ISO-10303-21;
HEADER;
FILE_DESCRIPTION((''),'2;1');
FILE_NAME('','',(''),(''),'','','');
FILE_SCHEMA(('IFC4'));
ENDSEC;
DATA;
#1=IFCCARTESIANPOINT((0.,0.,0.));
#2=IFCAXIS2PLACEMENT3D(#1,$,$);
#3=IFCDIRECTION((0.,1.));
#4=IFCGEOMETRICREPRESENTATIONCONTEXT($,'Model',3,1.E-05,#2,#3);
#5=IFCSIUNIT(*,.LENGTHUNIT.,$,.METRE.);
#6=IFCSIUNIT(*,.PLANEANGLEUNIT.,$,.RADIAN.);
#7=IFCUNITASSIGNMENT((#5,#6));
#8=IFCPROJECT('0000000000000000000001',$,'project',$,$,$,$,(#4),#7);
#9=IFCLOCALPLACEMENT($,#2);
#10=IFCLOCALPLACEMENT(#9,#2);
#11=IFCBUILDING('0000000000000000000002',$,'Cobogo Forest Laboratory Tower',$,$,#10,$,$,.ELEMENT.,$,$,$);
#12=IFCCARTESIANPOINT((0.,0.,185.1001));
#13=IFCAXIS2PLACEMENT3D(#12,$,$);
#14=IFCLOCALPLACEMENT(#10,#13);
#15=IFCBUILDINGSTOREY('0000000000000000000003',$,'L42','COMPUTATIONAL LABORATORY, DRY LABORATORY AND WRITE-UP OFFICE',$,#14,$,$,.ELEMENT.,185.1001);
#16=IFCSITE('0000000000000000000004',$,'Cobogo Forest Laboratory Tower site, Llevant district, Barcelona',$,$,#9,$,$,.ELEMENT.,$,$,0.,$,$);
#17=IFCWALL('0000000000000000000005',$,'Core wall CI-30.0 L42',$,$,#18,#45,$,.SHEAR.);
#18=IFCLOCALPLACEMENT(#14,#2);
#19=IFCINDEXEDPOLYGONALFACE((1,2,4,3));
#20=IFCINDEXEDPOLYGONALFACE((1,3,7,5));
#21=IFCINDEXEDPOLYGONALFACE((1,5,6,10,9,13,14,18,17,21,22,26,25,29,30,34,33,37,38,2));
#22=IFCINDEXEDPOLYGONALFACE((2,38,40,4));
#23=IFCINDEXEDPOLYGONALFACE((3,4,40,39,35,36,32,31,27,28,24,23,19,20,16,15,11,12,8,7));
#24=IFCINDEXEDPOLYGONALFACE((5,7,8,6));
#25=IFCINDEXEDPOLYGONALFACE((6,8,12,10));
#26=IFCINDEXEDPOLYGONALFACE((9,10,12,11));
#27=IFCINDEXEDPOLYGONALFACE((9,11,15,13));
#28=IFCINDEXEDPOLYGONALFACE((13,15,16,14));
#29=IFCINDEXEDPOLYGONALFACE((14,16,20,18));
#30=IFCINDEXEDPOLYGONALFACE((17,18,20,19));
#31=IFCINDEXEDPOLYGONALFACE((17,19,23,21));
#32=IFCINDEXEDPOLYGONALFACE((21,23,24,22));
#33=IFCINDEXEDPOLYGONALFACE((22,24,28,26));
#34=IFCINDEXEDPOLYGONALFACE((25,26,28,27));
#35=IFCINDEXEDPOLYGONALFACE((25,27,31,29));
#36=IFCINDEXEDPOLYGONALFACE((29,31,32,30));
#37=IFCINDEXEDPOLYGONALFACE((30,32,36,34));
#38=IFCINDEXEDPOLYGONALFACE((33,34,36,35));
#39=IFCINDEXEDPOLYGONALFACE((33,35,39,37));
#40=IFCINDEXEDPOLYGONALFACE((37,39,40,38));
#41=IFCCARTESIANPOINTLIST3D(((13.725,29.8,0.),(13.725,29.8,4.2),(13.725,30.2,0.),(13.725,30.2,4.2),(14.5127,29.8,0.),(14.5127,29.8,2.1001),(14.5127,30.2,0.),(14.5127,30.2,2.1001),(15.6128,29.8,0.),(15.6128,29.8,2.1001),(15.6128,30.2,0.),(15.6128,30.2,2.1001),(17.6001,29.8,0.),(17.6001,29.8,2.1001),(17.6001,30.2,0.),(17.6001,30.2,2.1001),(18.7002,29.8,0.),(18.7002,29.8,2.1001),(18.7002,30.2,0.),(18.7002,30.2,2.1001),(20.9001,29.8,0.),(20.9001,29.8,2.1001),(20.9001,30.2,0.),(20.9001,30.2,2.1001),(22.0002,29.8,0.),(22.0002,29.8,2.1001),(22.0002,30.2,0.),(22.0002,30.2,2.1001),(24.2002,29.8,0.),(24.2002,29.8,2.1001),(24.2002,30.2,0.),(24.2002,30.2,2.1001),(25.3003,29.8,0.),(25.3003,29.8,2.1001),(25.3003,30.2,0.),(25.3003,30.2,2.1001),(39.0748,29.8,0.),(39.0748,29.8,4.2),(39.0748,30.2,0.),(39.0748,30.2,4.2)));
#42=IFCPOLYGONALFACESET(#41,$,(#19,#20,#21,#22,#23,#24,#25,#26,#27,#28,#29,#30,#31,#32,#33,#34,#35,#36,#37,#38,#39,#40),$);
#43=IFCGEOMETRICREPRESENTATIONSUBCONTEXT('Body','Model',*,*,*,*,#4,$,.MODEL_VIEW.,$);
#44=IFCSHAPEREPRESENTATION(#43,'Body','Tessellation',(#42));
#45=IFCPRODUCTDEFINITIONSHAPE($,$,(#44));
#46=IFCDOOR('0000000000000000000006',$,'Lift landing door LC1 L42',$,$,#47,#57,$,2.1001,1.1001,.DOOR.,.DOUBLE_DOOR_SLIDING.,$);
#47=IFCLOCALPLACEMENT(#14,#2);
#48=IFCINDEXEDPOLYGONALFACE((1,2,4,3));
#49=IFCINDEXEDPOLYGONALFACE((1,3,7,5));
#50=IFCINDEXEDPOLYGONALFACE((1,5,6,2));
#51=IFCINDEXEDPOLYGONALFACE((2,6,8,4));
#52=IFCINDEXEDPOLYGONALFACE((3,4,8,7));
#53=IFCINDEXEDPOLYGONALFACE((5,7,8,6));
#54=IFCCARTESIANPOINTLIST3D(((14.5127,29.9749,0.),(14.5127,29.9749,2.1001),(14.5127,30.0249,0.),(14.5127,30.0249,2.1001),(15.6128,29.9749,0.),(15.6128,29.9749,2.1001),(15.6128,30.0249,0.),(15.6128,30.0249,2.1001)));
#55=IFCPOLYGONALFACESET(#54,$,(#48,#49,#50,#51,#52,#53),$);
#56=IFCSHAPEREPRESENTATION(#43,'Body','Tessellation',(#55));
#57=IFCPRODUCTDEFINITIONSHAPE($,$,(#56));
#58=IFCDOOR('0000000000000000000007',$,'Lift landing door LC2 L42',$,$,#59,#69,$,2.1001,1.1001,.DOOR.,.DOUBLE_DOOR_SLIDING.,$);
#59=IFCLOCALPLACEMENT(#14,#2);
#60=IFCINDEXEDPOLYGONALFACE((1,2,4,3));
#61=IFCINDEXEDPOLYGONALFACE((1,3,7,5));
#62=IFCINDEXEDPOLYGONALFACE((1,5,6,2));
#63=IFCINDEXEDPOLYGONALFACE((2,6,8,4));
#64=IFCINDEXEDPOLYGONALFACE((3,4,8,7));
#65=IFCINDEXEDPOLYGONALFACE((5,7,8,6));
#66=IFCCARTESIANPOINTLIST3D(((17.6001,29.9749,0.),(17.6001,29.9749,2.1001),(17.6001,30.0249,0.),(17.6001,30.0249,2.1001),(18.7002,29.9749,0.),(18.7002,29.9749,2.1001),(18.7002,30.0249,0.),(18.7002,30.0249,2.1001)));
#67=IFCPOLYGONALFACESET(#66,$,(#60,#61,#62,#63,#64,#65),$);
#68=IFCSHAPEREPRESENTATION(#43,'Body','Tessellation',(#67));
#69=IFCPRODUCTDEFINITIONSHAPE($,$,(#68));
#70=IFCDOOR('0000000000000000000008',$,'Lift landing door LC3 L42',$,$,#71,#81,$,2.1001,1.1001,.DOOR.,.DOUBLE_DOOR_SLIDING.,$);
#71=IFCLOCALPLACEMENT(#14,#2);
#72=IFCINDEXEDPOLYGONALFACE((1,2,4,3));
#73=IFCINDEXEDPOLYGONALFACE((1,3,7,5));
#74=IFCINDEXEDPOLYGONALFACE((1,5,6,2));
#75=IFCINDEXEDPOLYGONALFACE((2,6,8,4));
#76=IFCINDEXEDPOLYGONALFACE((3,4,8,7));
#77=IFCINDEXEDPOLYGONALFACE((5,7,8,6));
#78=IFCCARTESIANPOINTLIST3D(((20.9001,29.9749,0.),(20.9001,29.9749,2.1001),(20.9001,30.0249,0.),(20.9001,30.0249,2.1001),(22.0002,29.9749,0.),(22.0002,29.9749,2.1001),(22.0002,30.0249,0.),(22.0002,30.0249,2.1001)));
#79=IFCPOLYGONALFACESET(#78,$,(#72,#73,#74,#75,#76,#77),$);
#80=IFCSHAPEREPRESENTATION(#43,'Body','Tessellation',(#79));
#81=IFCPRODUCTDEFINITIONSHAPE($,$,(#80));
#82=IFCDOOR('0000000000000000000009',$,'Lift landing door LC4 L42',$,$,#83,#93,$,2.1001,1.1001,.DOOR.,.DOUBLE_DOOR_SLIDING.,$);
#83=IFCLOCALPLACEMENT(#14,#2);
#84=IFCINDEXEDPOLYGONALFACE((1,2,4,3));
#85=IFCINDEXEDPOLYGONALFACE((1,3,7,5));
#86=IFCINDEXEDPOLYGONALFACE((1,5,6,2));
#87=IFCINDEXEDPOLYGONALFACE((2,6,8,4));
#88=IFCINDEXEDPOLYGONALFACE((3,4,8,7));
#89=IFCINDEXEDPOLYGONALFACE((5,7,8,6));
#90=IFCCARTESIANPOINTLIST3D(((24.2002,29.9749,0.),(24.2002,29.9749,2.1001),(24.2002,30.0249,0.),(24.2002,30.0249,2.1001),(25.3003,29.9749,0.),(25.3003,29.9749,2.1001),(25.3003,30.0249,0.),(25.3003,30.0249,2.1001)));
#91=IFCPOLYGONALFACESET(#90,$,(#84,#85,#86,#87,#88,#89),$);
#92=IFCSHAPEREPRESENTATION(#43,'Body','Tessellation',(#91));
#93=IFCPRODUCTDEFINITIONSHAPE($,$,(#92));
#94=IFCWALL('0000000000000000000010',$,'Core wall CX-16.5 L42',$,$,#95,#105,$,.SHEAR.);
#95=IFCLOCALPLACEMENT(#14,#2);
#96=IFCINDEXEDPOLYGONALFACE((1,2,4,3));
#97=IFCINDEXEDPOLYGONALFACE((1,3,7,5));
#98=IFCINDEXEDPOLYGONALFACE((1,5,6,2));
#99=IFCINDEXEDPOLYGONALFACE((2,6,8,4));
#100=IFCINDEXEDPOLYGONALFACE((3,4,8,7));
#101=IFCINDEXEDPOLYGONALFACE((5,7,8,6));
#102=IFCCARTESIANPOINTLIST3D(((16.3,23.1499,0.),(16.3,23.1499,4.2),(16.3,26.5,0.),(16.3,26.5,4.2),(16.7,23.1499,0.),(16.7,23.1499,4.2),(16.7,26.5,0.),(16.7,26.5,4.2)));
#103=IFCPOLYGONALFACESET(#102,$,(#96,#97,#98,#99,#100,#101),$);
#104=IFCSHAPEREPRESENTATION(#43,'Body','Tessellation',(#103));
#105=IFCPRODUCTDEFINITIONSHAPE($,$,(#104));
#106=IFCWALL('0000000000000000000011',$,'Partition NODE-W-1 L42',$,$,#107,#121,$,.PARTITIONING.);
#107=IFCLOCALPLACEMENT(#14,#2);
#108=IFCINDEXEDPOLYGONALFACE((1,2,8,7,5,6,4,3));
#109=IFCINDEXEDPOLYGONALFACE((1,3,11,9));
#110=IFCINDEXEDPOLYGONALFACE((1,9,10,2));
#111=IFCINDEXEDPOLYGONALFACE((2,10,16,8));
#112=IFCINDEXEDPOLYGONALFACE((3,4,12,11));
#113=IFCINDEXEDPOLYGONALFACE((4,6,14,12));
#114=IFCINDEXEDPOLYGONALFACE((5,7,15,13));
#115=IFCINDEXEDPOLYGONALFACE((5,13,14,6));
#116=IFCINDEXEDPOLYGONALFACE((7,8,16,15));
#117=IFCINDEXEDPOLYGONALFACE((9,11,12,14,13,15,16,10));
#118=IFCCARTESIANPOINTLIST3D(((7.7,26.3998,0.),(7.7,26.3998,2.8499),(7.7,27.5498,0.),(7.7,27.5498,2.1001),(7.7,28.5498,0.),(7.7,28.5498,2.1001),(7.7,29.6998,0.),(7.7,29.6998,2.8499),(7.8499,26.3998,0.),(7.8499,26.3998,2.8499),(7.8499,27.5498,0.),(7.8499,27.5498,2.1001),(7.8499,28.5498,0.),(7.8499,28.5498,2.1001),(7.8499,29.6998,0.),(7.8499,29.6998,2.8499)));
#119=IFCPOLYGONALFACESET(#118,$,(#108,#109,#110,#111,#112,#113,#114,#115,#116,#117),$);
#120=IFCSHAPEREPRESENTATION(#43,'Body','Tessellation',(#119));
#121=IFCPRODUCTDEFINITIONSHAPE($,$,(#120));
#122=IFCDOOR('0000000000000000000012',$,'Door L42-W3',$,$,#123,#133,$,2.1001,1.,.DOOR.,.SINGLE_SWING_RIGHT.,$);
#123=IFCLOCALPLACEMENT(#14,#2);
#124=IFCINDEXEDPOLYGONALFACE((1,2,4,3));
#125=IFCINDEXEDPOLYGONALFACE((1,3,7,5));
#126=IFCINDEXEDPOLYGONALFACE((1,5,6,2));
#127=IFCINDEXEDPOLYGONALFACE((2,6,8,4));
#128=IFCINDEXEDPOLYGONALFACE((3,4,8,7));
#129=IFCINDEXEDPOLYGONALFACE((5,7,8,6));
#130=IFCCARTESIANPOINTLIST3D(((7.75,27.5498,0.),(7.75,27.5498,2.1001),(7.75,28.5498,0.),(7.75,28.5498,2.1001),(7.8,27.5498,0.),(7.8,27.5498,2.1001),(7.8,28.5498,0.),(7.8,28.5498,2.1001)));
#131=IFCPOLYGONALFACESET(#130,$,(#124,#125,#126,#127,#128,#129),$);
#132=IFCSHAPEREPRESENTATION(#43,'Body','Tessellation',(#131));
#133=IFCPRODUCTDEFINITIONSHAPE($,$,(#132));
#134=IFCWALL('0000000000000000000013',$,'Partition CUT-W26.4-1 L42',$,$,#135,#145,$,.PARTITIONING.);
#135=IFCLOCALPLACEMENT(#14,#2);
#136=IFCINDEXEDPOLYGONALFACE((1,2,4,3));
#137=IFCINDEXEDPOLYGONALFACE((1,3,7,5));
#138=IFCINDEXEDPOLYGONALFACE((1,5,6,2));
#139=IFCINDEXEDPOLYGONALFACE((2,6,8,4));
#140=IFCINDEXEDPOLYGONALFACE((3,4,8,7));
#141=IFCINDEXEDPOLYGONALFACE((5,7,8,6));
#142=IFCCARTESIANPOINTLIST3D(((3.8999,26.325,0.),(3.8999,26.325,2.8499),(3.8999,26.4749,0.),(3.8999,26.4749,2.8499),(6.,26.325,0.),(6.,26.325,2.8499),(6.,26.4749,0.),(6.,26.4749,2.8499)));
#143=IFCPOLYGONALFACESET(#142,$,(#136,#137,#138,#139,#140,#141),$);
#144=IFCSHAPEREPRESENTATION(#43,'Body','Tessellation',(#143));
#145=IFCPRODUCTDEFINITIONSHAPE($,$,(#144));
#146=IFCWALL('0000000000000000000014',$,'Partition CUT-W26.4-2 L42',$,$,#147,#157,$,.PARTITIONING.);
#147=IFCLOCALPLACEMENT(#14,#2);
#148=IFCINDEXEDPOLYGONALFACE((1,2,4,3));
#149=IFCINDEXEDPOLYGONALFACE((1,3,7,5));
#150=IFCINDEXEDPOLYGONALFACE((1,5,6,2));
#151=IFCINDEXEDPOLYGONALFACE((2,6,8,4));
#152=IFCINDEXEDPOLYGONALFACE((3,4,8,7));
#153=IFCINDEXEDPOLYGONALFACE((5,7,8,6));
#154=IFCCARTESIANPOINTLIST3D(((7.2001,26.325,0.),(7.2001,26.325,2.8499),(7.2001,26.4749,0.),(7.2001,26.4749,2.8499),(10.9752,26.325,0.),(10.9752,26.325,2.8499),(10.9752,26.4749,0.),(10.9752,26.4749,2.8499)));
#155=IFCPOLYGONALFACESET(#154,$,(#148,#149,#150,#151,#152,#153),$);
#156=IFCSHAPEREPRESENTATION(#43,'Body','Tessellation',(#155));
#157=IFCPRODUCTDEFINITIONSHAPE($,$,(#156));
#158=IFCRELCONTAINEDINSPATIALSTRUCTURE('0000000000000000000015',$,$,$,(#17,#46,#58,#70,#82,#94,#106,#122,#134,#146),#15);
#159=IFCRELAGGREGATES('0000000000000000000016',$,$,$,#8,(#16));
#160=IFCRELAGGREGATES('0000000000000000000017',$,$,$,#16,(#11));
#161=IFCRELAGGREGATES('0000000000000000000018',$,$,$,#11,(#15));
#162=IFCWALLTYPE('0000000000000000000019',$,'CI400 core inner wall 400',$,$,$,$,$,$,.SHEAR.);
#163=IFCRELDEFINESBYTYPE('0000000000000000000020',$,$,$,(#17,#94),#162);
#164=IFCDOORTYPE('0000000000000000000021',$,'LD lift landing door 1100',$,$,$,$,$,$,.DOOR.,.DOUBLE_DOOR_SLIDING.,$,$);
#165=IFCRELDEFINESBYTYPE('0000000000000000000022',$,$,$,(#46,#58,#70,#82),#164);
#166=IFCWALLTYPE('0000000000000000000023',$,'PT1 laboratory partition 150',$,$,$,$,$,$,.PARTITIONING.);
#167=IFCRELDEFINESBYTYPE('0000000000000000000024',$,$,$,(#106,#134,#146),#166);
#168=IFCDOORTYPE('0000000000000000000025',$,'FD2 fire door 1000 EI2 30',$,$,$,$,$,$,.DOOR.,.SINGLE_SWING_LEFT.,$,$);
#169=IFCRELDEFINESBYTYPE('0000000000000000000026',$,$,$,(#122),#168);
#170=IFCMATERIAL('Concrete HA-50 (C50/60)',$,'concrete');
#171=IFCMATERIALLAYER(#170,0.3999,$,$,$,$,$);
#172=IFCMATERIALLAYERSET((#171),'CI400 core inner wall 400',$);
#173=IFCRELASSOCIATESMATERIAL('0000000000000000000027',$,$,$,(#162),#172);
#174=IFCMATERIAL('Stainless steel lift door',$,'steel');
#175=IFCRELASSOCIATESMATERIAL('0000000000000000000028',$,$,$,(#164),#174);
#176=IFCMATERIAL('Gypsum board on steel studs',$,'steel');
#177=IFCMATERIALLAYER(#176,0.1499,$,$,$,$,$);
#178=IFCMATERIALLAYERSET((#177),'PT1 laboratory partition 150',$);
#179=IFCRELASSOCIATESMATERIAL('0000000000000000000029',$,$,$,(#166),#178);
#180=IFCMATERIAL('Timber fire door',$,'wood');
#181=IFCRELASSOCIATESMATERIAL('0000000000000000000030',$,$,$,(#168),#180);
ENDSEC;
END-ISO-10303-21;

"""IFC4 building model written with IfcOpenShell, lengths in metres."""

from ifc_helpers import new_model, si_unit, direction, frame, frame_2d, origin, place, context, subcontext, project, spatial, rectangle, extrude, material, layer, layer_set, type_object, element, fill, save


model = new_model("IFC4")

# Units and contexts
model_context = context("Model", 3, precision=1e-05, world=origin(), true_north=direction((0.0, 1.0)))
body_context = subcontext(model_context, "Body", "Model", "MODEL_VIEW")
ifc_project = project(units=[si_unit("LENGTHUNIT", "METRE"), si_unit("PLANEANGLEUNIT", "RADIAN")], contexts=[model_context])

# Site, building, storey
site_placement = place(None, origin())
site = spatial("IfcSite", under=ifc_project, at=site_placement, Name="Cobogo Forest Laboratory Tower site, Llevant district, Barcelona", CompositionType="ELEMENT", RefElevation=0.0)
building_placement = place(site_placement, origin())
building = spatial("IfcBuilding", under=site, at=building_placement, Name="Cobogo Forest Laboratory Tower", CompositionType="ELEMENT")
storey_placement = place(building_placement, frame((0.0, 0.0, 185.1001)))
storey = spatial("IfcBuildingStorey", under=building, at=storey_placement, Name="L42", Description="COMPUTATIONAL LABORATORY, DRY LABORATORY AND WRITE-UP OFFICE", CompositionType="ELEMENT", Elevation=185.1001)

# Shared definitions
ifc_material_1 = material(Name="Concrete HA-50 (C50/60)", Category="concrete")

# Shared definitions
ifc_layer_1 = layer(ifc_material_1, 0.3999)
ifc_layer_set_1 = layer_set([ifc_layer_1], Name="CI400 core inner wall 400")
wall_type_1 = type_object("IfcWallType", Name="CI400 core inner wall 400", PredefinedType="SHEAR", material=ifc_layer_set_1)

# Wall, openings, doors
ifc_material_2 = material(Name="Stainless steel lift door", Category="steel")
door_type_1 = type_object("IfcDoorType", Name="LD lift landing door 1100", OperationType="DOUBLE_DOOR_SLIDING", PredefinedType="DOOR", material=ifc_material_2)
wall_1_placement = place(storey_placement, frame((13.7251, 30.0, 0.0), z_axis=(0.0, 0.0, 1.0), x_axis=(1.0, 0.0, 0.0)))
wall_1 = element("IfcWall", 1, at=wall_1_placement, inside=storey, type_object=wall_type_1, Name="Core wall CI-30.0 L42", PredefinedType="SHEAR", context=body_context, shape_type="SweptSolid", body=[
    extrude(rectangle(XDim=25.3499, YDim=0.3999, at=frame_2d((12.6748, 0.0))), origin(), (0.0, 0.0, 1.0), 4.2),
])
opening_1_placement = place(wall_1_placement, frame((0.7876, 0.0, 0.0)))
opening_1 = element("IfcOpeningElement", 2, at=opening_1_placement, cuts=wall_1, PredefinedType="OPENING", context=body_context, shape_type="SweptSolid", body=[
    extrude(rectangle(XDim=1.1001, YDim=2.1001, at=frame_2d((0.55, 1.05))), frame((0.0, 0.21, 0.0), z_axis=(0.0, -1.0, 0.0), x_axis=(1.0, 0.0, 0.0)), (0.0, 0.0, 1.0), 0.4199),
])
opening_2_placement = place(wall_1_placement, frame((3.875, 0.0, 0.0)))
opening_2 = element("IfcOpeningElement", 3, at=opening_2_placement, cuts=wall_1, PredefinedType="OPENING", context=body_context, shape_type="SweptSolid", body=[
    extrude(rectangle(XDim=1.1001, YDim=2.1001, at=frame_2d((0.55, 1.05))), frame((0.0, 0.21, 0.0), z_axis=(0.0, -1.0, 0.0), x_axis=(1.0, 0.0, 0.0)), (0.0, 0.0, 1.0), 0.4199),
])
opening_3_placement = place(wall_1_placement, frame((7.175, 0.0, 0.0)))
opening_3 = element("IfcOpeningElement", 4, at=opening_3_placement, cuts=wall_1, PredefinedType="OPENING", context=body_context, shape_type="SweptSolid", body=[
    extrude(rectangle(XDim=1.1001, YDim=2.1001, at=frame_2d((0.55, 1.05))), frame((0.0, 0.21, 0.0), z_axis=(0.0, -1.0, 0.0), x_axis=(1.0, 0.0, 0.0)), (0.0, 0.0, 1.0), 0.4199),
])
opening_4_placement = place(wall_1_placement, frame((10.4751, 0.0, 0.0)))
opening_4 = element("IfcOpeningElement", 5, at=opening_4_placement, cuts=wall_1, PredefinedType="OPENING", context=body_context, shape_type="SweptSolid", body=[
    extrude(rectangle(XDim=1.1001, YDim=2.1001, at=frame_2d((0.55, 1.05))), frame((0.0, 0.21, 0.0), z_axis=(0.0, -1.0, 0.0), x_axis=(1.0, 0.0, 0.0)), (0.0, 0.0, 1.0), 0.4199),
])
door_1_placement = place(opening_1_placement, origin())
door_1 = element("IfcDoor", 6, at=door_1_placement, inside=storey, type_object=door_type_1, Name="Lift landing door LC1 L42", OperationType="DOUBLE_DOOR_SLIDING", OverallHeight=2.1001, OverallWidth=1.1001, PredefinedType="DOOR", context=body_context, shape_type="SweptSolid", body=[
    extrude(rectangle(XDim=1.1001, YDim=2.1001, at=frame_2d((0.55, 1.05))), frame((0.0, 0.0249, 0.0), z_axis=(0.0, -1.0, 0.0), x_axis=(1.0, 0.0, 0.0)), (0.0, 0.0, 1.0), 0.05),
])
fill(opening_1, door_1)
door_2_placement = place(opening_2_placement, origin())
door_2 = element("IfcDoor", 7, at=door_2_placement, inside=storey, type_object=door_type_1, Name="Lift landing door LC2 L42", OperationType="DOUBLE_DOOR_SLIDING", OverallHeight=2.1001, OverallWidth=1.1001, PredefinedType="DOOR", context=body_context, shape_type="SweptSolid", body=[
    extrude(rectangle(XDim=1.1001, YDim=2.1001, at=frame_2d((0.55, 1.05))), frame((0.0, 0.0249, 0.0), z_axis=(0.0, -1.0, 0.0), x_axis=(1.0, 0.0, 0.0)), (0.0, 0.0, 1.0), 0.05),
])
fill(opening_2, door_2)
door_3_placement = place(opening_3_placement, origin())
door_3 = element("IfcDoor", 8, at=door_3_placement, inside=storey, type_object=door_type_1, Name="Lift landing door LC3 L42", OperationType="DOUBLE_DOOR_SLIDING", OverallHeight=2.1001, OverallWidth=1.1001, PredefinedType="DOOR", context=body_context, shape_type="SweptSolid", body=[
    extrude(rectangle(XDim=1.1001, YDim=2.1001, at=frame_2d((0.55, 1.05))), frame((0.0, 0.0249, 0.0), z_axis=(0.0, -1.0, 0.0), x_axis=(1.0, 0.0, 0.0)), (0.0, 0.0, 1.0), 0.05),
])
fill(opening_3, door_3)
door_4_placement = place(opening_4_placement, origin())
door_4 = element("IfcDoor", 9, at=door_4_placement, inside=storey, type_object=door_type_1, Name="Lift landing door LC4 L42", OperationType="DOUBLE_DOOR_SLIDING", OverallHeight=2.1001, OverallWidth=1.1001, PredefinedType="DOOR", context=body_context, shape_type="SweptSolid", body=[
    extrude(rectangle(XDim=1.1001, YDim=2.1001, at=frame_2d((0.55, 1.05))), frame((0.0, 0.0249, 0.0), z_axis=(0.0, -1.0, 0.0), x_axis=(1.0, 0.0, 0.0)), (0.0, 0.0, 1.0), 0.05),
])
fill(opening_4, door_4)

# Wall
wall_2_placement = place(storey_placement, frame((16.5, 23.1499, 0.0), z_axis=(0.0, 0.0, 1.0), x_axis=(0.0, 1.0, 0.0)))
element("IfcWall", 10, at=wall_2_placement, inside=storey, type_object=wall_type_1, Name="Core wall CX-16.5 L42", PredefinedType="SHEAR", context=body_context, shape_type="SweptSolid", body=[
    extrude(rectangle(XDim=3.3501, YDim=0.3999, at=frame_2d((1.675, 0.0))), origin(), (0.0, 0.0, 1.0), 4.2),
])

# Wall, opening, door
ifc_material_3 = material(Name="Gypsum board on steel studs", Category="steel")
ifc_layer_2 = layer(ifc_material_3, 0.1499)
ifc_layer_set_2 = layer_set([ifc_layer_2], Name="PT1 laboratory partition 150")
wall_type_2 = type_object("IfcWallType", Name="PT1 laboratory partition 150", PredefinedType="PARTITIONING", material=ifc_layer_set_2)
wall_3_placement = place(storey_placement, frame((7.7749, 26.3999, 0.0), z_axis=(0.0, 0.0, 1.0), x_axis=(0.0, 1.0, 0.0)))
wall_3 = element("IfcWall", 11, at=wall_3_placement, inside=storey, type_object=wall_type_2, Name="Partition NODE-W-1 L42", PredefinedType="PARTITIONING", context=body_context, shape_type="SweptSolid", body=[
    extrude(rectangle(XDim=3.3, YDim=0.1499, at=frame_2d((1.6499, 0.0))), origin(), (0.0, 0.0, 1.0), 2.8499),
])
opening_5_placement = place(wall_3_placement, frame((1.1499, 0.0, 0.0)))
opening_5 = element("IfcOpeningElement", 12, at=opening_5_placement, cuts=wall_3, PredefinedType="OPENING", context=body_context, shape_type="SweptSolid", body=[
    extrude(rectangle(XDim=1.0, YDim=2.1001, at=frame_2d((0.5, 1.05))), frame((0.0, 0.085, 0.0), z_axis=(0.0, -1.0, 0.0), x_axis=(1.0, 0.0, 0.0)), (0.0, 0.0, 1.0), 0.1699),
])
ifc_material_4 = material(Name="Timber fire door", Category="wood")
door_type_2 = type_object("IfcDoorType", Name="FD2 fire door 1000 EI2 30", OperationType="SINGLE_SWING_LEFT", PredefinedType="DOOR", material=ifc_material_4)
door_5_placement = place(opening_5_placement, origin())
door_5 = element("IfcDoor", 13, at=door_5_placement, inside=storey, type_object=door_type_2, Name="Door L42-W3", OperationType="SINGLE_SWING_RIGHT", OverallHeight=2.1001, OverallWidth=1.0, PredefinedType="DOOR", context=body_context, shape_type="SweptSolid", body=[
    extrude(rectangle(XDim=1.0, YDim=2.1001, at=frame_2d((0.5, 1.05))), frame((0.0, 0.0249, 0.0), z_axis=(0.0, -1.0, 0.0), x_axis=(1.0, 0.0, 0.0)), (0.0, 0.0, 1.0), 0.05),
])
fill(opening_5, door_5)

# Walls
wall_4_placement = place(storey_placement, frame((3.8999, 26.3999, 0.0), z_axis=(0.0, 0.0, 1.0), x_axis=(1.0, 0.0, 0.0)))
element("IfcWall", 14, at=wall_4_placement, inside=storey, type_object=wall_type_2, Name="Partition CUT-W26.4-1 L42", PredefinedType="PARTITIONING", context=body_context, shape_type="SweptSolid", body=[
    extrude(rectangle(XDim=2.1001, YDim=0.1499, at=frame_2d((1.05, 0.0))), origin(), (0.0, 0.0, 1.0), 2.8499),
])
wall_5_placement = place(storey_placement, frame((7.2, 26.3999, 0.0), z_axis=(0.0, 0.0, 1.0), x_axis=(1.0, 0.0, 0.0)))
element("IfcWall", 15, at=wall_5_placement, inside=storey, type_object=wall_type_2, Name="Partition CUT-W26.4-2 L42", PredefinedType="PARTITIONING", context=body_context, shape_type="SweptSolid", body=[
    extrude(rectangle(XDim=3.7751, YDim=0.1499, at=frame_2d((1.8877, 0.0))), origin(), (0.0, 0.0, 1.0), 2.8499),
])

save(model, "model.ifc")
